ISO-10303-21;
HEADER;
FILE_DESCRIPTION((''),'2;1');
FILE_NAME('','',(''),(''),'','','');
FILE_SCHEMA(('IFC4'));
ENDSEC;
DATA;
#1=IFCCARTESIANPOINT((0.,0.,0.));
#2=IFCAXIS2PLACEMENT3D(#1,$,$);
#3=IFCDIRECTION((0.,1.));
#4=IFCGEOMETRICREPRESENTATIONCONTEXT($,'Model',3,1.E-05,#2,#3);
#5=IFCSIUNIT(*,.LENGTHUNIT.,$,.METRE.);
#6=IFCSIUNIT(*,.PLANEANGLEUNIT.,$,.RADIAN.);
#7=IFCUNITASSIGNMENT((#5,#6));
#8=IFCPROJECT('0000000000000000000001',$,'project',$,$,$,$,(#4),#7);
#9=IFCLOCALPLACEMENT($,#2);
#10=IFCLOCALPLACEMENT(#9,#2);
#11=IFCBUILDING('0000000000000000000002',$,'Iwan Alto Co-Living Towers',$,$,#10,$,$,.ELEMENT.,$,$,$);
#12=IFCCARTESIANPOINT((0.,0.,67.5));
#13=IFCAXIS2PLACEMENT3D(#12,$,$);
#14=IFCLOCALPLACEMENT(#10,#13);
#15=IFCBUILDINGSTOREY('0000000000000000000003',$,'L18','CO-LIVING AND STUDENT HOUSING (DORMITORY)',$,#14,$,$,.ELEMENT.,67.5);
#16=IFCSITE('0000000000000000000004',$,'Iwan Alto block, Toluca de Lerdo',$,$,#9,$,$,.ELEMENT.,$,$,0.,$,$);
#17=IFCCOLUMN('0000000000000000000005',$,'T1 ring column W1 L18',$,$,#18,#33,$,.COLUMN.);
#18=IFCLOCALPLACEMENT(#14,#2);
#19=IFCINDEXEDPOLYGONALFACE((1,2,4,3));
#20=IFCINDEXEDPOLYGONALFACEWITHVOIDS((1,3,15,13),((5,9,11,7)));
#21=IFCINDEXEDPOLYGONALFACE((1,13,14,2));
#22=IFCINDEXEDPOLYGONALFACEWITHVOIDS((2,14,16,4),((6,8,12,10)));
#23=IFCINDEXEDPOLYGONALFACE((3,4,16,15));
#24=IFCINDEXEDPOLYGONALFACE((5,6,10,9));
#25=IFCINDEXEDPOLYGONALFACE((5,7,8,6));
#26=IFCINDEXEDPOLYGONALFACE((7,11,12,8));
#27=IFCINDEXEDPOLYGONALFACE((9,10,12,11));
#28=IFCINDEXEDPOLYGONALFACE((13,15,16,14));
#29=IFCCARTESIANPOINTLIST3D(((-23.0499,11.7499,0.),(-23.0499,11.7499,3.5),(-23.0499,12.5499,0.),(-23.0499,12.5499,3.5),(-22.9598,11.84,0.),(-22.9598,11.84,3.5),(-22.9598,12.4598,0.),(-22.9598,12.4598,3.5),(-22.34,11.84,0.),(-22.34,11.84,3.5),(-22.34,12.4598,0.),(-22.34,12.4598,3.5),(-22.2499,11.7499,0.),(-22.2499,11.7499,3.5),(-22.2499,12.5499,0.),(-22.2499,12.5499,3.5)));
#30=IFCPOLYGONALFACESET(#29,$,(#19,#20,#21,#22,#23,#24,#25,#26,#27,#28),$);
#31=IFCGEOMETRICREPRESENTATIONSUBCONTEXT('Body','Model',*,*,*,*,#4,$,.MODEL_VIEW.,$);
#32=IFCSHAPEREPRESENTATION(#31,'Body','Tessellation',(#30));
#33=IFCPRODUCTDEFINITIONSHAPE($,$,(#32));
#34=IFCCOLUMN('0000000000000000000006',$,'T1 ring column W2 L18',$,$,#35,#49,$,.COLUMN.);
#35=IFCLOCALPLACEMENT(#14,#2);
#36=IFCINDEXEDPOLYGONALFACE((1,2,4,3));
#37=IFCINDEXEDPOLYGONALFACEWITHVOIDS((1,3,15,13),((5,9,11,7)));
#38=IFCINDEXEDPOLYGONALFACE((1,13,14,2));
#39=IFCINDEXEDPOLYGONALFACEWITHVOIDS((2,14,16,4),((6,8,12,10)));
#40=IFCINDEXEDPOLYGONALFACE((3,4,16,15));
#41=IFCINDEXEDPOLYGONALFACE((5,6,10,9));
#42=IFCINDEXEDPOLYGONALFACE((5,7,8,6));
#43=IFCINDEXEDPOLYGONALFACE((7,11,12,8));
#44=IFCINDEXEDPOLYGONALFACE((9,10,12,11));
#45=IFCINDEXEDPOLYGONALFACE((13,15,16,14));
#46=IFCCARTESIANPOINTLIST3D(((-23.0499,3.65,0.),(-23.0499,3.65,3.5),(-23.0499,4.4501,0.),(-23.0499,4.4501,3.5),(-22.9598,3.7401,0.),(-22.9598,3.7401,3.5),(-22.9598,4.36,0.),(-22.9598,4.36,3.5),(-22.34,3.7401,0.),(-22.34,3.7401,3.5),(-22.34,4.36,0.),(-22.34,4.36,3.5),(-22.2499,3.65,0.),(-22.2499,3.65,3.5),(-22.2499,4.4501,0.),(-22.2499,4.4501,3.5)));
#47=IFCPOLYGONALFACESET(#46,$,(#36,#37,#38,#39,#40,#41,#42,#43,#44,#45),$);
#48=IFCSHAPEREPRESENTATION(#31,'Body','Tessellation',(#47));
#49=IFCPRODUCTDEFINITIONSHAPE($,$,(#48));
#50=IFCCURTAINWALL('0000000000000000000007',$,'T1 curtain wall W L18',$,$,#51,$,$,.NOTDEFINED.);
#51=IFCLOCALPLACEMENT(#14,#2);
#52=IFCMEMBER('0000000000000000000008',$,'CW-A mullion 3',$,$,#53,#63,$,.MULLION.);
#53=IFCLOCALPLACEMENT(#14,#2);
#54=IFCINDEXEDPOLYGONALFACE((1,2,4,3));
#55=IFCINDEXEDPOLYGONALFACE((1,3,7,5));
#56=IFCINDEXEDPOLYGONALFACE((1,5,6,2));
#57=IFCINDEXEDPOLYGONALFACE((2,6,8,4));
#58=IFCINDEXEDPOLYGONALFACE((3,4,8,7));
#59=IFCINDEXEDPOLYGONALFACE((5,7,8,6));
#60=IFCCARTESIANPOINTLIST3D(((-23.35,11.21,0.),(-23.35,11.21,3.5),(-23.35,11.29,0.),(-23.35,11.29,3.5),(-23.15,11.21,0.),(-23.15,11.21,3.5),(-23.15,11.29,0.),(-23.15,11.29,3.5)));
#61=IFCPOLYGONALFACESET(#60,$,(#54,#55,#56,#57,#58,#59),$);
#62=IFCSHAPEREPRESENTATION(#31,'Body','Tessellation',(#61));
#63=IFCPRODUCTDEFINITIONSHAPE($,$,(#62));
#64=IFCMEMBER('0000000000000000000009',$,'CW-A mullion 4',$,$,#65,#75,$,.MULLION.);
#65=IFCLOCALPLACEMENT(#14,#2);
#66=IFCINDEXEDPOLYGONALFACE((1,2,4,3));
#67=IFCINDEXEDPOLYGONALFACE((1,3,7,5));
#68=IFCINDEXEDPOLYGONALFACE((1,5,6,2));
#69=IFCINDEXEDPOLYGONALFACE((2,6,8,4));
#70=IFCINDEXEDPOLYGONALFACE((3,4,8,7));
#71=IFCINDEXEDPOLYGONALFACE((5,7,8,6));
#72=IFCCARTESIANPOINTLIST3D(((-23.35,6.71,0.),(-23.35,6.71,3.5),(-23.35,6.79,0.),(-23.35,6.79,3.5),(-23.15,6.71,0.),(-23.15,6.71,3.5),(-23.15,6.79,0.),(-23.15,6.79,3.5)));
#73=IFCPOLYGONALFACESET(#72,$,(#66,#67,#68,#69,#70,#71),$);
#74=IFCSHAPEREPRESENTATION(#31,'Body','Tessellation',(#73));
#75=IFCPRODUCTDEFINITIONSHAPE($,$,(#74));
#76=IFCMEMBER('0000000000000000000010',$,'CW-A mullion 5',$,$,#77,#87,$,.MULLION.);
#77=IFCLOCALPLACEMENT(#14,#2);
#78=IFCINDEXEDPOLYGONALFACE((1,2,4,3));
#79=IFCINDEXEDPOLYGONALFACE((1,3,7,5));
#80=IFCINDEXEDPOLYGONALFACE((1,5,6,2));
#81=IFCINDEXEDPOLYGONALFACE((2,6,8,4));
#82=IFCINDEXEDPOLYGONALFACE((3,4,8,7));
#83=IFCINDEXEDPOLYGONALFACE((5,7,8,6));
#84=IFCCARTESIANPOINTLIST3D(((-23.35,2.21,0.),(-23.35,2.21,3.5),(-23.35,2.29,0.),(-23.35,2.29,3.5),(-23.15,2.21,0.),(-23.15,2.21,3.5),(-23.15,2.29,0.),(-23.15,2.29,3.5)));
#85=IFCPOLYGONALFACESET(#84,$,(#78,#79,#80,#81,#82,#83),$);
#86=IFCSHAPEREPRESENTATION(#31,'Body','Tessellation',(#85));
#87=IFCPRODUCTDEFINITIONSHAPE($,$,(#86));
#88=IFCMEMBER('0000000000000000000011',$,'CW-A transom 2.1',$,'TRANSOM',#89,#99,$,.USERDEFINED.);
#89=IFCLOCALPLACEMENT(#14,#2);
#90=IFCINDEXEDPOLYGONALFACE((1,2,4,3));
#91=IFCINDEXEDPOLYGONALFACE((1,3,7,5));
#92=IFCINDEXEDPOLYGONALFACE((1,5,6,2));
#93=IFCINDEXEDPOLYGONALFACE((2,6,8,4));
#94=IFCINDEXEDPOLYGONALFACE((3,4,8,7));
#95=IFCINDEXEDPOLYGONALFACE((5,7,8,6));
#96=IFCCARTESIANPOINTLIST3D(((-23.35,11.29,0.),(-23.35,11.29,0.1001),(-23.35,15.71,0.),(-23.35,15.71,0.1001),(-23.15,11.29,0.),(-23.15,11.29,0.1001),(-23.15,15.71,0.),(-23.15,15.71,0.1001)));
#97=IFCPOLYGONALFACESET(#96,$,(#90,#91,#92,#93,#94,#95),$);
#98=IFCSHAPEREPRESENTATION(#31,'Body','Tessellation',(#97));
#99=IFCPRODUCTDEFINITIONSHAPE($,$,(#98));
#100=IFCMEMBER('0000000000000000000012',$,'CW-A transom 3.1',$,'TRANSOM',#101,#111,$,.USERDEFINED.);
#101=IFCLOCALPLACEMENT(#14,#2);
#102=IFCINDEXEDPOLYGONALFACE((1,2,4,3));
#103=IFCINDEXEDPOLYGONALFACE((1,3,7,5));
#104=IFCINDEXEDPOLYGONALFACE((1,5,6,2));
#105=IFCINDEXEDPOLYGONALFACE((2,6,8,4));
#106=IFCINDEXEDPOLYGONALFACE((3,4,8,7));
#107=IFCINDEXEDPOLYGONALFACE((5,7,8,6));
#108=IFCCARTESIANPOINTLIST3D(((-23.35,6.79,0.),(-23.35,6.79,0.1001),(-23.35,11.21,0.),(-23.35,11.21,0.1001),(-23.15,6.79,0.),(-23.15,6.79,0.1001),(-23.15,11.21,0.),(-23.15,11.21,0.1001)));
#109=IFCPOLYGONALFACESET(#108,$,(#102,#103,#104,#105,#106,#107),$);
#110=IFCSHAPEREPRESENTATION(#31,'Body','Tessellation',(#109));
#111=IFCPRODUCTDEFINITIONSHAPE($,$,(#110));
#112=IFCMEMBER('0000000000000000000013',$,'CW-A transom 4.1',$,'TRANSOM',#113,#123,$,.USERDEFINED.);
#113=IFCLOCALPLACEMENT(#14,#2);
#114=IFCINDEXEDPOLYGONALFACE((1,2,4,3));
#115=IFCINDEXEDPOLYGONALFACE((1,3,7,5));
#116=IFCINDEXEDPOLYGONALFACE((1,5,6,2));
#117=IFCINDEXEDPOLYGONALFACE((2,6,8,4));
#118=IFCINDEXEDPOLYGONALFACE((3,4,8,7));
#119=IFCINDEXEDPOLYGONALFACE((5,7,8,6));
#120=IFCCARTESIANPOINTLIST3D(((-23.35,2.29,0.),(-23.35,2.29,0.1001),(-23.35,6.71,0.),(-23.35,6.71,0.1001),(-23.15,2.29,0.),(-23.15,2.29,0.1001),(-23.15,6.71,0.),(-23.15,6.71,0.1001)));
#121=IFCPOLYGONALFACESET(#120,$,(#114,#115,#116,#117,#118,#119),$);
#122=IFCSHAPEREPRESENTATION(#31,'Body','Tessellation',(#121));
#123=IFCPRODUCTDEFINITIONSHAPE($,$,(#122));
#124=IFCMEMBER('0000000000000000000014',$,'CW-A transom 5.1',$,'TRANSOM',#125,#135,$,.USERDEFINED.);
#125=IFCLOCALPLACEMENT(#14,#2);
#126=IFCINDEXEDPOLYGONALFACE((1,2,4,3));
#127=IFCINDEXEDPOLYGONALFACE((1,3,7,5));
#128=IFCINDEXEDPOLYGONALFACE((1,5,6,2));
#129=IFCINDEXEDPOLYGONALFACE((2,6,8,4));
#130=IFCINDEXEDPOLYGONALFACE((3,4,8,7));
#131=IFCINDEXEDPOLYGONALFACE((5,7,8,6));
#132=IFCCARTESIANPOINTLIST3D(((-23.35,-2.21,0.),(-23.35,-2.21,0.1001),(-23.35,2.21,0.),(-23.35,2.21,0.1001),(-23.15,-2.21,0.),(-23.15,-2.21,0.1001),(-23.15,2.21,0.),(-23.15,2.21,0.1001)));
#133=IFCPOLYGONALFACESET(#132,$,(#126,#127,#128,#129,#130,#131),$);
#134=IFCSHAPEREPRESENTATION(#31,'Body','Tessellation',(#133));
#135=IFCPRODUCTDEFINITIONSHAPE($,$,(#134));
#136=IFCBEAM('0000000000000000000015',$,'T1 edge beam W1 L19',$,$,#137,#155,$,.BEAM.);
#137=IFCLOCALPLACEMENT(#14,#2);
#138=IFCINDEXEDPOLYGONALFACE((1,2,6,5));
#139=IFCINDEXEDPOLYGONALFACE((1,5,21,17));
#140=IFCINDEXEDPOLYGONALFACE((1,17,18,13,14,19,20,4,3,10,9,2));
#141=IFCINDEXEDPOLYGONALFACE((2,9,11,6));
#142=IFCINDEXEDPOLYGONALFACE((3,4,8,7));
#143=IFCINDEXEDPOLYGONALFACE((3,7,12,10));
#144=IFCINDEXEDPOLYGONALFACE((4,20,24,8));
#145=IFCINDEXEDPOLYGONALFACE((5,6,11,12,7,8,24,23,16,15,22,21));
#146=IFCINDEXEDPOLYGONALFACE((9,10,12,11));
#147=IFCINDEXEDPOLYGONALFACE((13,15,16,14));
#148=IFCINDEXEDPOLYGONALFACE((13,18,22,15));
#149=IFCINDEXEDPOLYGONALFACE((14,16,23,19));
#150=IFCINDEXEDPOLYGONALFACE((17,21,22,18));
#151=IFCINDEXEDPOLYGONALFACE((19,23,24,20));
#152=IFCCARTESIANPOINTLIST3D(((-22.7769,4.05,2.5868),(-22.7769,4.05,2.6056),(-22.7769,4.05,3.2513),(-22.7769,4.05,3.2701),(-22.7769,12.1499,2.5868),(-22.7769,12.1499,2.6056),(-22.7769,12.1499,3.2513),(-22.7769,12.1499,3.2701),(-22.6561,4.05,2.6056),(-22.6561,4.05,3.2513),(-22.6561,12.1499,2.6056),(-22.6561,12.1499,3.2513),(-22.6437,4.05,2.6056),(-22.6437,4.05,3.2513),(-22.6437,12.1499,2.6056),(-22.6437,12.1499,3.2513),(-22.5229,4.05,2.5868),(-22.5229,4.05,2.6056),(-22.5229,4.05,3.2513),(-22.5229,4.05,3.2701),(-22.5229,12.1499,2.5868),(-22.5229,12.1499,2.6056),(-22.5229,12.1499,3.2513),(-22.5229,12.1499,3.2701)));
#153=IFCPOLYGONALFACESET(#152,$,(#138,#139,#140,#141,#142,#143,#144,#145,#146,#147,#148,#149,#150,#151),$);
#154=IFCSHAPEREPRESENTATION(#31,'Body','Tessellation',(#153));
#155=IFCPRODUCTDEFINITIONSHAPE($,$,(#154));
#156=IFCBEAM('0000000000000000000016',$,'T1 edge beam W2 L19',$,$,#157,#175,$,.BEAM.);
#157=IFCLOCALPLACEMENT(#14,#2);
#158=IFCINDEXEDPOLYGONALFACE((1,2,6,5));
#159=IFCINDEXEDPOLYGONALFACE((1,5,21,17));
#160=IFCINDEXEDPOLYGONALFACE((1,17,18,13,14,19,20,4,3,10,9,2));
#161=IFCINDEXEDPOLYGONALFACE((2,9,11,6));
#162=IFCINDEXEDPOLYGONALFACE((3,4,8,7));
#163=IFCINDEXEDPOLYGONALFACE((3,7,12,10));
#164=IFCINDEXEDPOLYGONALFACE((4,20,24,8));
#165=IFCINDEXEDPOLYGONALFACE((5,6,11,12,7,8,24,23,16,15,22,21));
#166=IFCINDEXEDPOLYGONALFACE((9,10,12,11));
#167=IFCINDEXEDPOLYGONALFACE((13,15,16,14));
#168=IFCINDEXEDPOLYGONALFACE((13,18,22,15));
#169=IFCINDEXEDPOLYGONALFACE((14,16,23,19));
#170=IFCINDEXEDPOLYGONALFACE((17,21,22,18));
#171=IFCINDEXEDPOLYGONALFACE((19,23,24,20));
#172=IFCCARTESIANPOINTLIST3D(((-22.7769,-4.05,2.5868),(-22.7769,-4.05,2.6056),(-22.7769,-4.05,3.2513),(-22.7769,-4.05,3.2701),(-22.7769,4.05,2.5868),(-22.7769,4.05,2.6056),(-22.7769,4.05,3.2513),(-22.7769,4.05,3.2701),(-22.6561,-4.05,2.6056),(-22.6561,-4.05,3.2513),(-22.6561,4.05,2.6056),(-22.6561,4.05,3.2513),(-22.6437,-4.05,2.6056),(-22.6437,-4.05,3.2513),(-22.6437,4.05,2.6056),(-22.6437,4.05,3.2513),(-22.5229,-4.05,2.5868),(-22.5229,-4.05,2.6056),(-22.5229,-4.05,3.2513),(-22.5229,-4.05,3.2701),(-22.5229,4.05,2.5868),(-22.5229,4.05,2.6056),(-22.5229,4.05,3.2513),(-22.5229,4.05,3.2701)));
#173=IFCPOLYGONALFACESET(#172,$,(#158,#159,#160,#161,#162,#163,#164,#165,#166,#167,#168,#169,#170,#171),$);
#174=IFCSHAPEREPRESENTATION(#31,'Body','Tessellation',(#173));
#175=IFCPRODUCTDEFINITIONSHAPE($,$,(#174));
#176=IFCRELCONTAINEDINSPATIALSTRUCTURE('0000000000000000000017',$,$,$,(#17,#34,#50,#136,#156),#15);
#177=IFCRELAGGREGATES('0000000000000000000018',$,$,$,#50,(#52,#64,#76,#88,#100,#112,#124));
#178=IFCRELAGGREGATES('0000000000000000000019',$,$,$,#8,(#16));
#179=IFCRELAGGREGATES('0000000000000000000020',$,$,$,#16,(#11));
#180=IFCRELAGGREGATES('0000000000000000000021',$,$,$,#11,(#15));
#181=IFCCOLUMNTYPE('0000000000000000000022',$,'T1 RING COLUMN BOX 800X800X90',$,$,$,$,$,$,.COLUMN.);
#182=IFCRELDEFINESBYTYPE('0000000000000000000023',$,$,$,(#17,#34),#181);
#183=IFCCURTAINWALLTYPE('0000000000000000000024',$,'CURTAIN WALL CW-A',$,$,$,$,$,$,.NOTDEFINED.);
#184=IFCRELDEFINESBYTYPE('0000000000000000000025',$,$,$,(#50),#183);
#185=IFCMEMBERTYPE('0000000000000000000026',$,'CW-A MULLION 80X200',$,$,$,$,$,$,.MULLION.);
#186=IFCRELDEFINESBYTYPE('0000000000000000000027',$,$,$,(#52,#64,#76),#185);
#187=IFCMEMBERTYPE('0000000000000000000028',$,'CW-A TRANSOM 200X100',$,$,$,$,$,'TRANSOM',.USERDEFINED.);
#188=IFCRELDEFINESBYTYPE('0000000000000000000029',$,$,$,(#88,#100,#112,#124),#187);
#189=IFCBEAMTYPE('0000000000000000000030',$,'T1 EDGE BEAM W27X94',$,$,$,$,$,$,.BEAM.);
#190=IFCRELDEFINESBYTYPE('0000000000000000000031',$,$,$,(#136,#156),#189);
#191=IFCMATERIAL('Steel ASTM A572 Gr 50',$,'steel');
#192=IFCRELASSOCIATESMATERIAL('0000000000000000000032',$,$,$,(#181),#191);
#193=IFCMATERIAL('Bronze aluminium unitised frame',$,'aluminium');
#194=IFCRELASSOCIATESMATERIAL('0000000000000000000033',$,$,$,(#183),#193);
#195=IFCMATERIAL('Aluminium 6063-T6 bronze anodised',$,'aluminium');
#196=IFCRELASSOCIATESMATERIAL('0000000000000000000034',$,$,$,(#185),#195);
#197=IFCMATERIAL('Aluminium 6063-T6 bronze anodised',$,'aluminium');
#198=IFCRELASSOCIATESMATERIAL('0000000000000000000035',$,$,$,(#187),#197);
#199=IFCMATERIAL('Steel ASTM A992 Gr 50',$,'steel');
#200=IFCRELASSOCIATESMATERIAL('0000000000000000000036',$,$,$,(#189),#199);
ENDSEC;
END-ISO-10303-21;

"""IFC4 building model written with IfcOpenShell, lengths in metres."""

from ifc_helpers import new_model, si_unit, direction, frame, origin, origin_2d, place, context, subcontext, project, spatial, rectangle, hollow_rectangle, i_section, extrude, material, material_profile, profile_set, type_object, element, aggregate, save


model = new_model("IFC4")

# Units and contexts
model_context = context("Model", 3, precision=1e-05, world=origin(), true_north=direction((0.0, 1.0)))
body_context = subcontext(model_context, "Body", "Model", "MODEL_VIEW")
ifc_project = project(units=[si_unit("LENGTHUNIT", "METRE"), si_unit("PLANEANGLEUNIT", "RADIAN")], contexts=[model_context])

# Site, building, storey
site_placement = place(None, origin())
site = spatial("IfcSite", under=ifc_project, at=site_placement, Name="Iwan Alto block, Toluca de Lerdo", CompositionType="ELEMENT", RefElevation=0.0)
building_placement = place(site_placement, origin())
building = spatial("IfcBuilding", under=site, at=building_placement, Name="Iwan Alto Co-Living Towers", CompositionType="ELEMENT")
storey_placement = place(building_placement, frame((0.0, 0.0, 67.5)))
storey = spatial("IfcBuildingStorey", under=building, at=storey_placement, Name="L18", Description="CO-LIVING AND STUDENT HOUSING (DORMITORY)", CompositionType="ELEMENT", Elevation=67.5)

# Columns
ifc_material_1 = material(Name="Steel ASTM A572 Gr 50", Category="steel")
ifc_material_profile_1 = material_profile(ifc_material_1, hollow_rectangle(XDim=0.8, YDim=0.8, WallThickness=0.0901, at=origin_2d()), Name="BOX 800X800X90")
ifc_profile_set_1 = profile_set([ifc_material_profile_1], Name="Steel ASTM A572 Gr 50")
column_type = type_object("IfcColumnType", Name="T1 RING COLUMN BOX 800X800X90", PredefinedType="COLUMN", material=ifc_profile_set_1)
for number, where, z_axis, x_axis, name in (
    (1, (-22.6499, 12.1499, 0.0), (0.0, 0.0, 1.0), (1.0, 0.0, 0.0), "T1 ring column W1 L18"),
    (2, (-22.6499, 4.05, 0.0), (0.0, 0.0, 1.0), (1.0, 0.0, 0.0), "T1 ring column W2 L18"),
):
    element("IfcColumn", number, at=place(storey_placement, frame(where, z_axis=z_axis, x_axis=x_axis)), inside=storey, type_object=column_type, Name=name, PredefinedType="COLUMN", context=body_context, shape_type="SweptSolid", body=[
        extrude(hollow_rectangle(XDim=0.8, YDim=0.8, WallThickness=0.0901, at=origin_2d()), origin(), (0.0, 0.0, 1.0), 3.5),
    ])

# Curtain wall, members
ifc_material_2 = material(Name="Bronze aluminium unitised frame", Category="aluminium")
curtain_wall_type = type_object("IfcCurtainWallType", Name="CURTAIN WALL CW-A", PredefinedType="NOTDEFINED", material=ifc_material_2)
curtain_wall_placement = place(storey_placement, origin())
curtain_wall = element("IfcCurtainWall", 3, at=curtain_wall_placement, inside=storey, type_object=curtain_wall_type, Name="T1 curtain wall W L18", PredefinedType="NOTDEFINED")
ifc_material_3 = material(Name="Aluminium 6063-T6 bronze anodised", Category="aluminium")
ifc_material_profile_2 = material_profile(ifc_material_3, rectangle(XDim=0.2, YDim=0.0801, at=origin_2d()), Name="AL 80X200")
ifc_profile_set_2 = profile_set([ifc_material_profile_2], Name="Aluminium 6063-T6 bronze anodised")
member_type_1 = type_object("IfcMemberType", Name="CW-A MULLION 80X200", PredefinedType="MULLION", material=ifc_profile_set_2)
member_1_placement = place(storey_placement, frame((-23.25, 11.25, 0.0), z_axis=(0.0, 0.0, 1.0), x_axis=(1.0, 0.0, 0.0)))
member_1 = element("IfcMember", 4, at=member_1_placement, type_object=member_type_1, Name="CW-A mullion 3", PredefinedType="MULLION", context=body_context, shape_type="SweptSolid", body=[
    extrude(rectangle(XDim=0.2, YDim=0.0801, at=origin_2d()), origin(), (0.0, 0.0, 1.0), 3.5),
])
member_2_placement = place(storey_placement, frame((-23.25, 6.75, 0.0), z_axis=(0.0, 0.0, 1.0), x_axis=(1.0, 0.0, 0.0)))
member_2 = element("IfcMember", 5, at=member_2_placement, type_object=member_type_1, Name="CW-A mullion 4", PredefinedType="MULLION", context=body_context, shape_type="SweptSolid", body=[
    extrude(rectangle(XDim=0.2, YDim=0.0801, at=origin_2d()), origin(), (0.0, 0.0, 1.0), 3.5),
])
member_3_placement = place(storey_placement, frame((-23.25, 2.25, 0.0), z_axis=(0.0, 0.0, 1.0), x_axis=(1.0, 0.0, 0.0)))
member_3 = element("IfcMember", 6, at=member_3_placement, type_object=member_type_1, Name="CW-A mullion 5", PredefinedType="MULLION", context=body_context, shape_type="SweptSolid", body=[
    extrude(rectangle(XDim=0.2, YDim=0.0801, at=origin_2d()), origin(), (0.0, 0.0, 1.0), 3.5),
])
ifc_material_4 = material(Name="Aluminium 6063-T6 bronze anodised", Category="aluminium")
ifc_material_profile_3 = material_profile(ifc_material_4, rectangle(XDim=0.2, YDim=0.1001, at=origin_2d()), Name="AL 200X100")
ifc_profile_set_3 = profile_set([ifc_material_profile_3], Name="Aluminium 6063-T6 bronze anodised")
member_type_2 = type_object("IfcMemberType", Name="CW-A TRANSOM 200X100", ElementType="TRANSOM", PredefinedType="USERDEFINED", material=ifc_profile_set_3)
member_4_placement = place(storey_placement, frame((-23.25, 15.71, 0.05), z_axis=(0.0, -1.0, 0.0), x_axis=(1.0, 0.0, 0.0)))
member_4 = element("IfcMember", 7, at=member_4_placement, type_object=member_type_2, Name="CW-A transom 2.1", ObjectType="TRANSOM", PredefinedType="USERDEFINED", context=body_context, shape_type="SweptSolid", body=[
    extrude(rectangle(XDim=0.2, YDim=0.1001, at=origin_2d()), origin(), (0.0, 0.0, 1.0), 4.4199),
])
member_5_placement = place(storey_placement, frame((-23.25, 11.21, 0.05), z_axis=(0.0, -1.0, 0.0), x_axis=(1.0, 0.0, 0.0)))
member_5 = element("IfcMember", 8, at=member_5_placement, type_object=member_type_2, Name="CW-A transom 3.1", ObjectType="TRANSOM", PredefinedType="USERDEFINED", context=body_context, shape_type="SweptSolid", body=[
    extrude(rectangle(XDim=0.2, YDim=0.1001, at=origin_2d()), origin(), (0.0, 0.0, 1.0), 4.4199),
])
member_6_placement = place(storey_placement, frame((-23.25, 6.71, 0.05), z_axis=(0.0, -1.0, 0.0), x_axis=(1.0, 0.0, 0.0)))
member_6 = element("IfcMember", 9, at=member_6_placement, type_object=member_type_2, Name="CW-A transom 4.1", ObjectType="TRANSOM", PredefinedType="USERDEFINED", context=body_context, shape_type="SweptSolid", body=[
    extrude(rectangle(XDim=0.2, YDim=0.1001, at=origin_2d()), origin(), (0.0, 0.0, 1.0), 4.4199),
])
member_7_placement = place(storey_placement, frame((-23.25, 2.21, 0.05), z_axis=(0.0, -1.0, 0.0), x_axis=(1.0, 0.0, 0.0)))
member_7 = element("IfcMember", 10, at=member_7_placement, type_object=member_type_2, Name="CW-A transom 5.1", ObjectType="TRANSOM", PredefinedType="USERDEFINED", context=body_context, shape_type="SweptSolid", body=[
    extrude(rectangle(XDim=0.2, YDim=0.1001, at=origin_2d()), origin(), (0.0, 0.0, 1.0), 4.4199),
])

# Beams
ifc_material_5 = material(Name="Steel ASTM A992 Gr 50", Category="steel")
ifc_material_profile_4 = material_profile(ifc_material_5, i_section(OverallWidth=0.2539, OverallDepth=0.6833, WebThickness=0.0125, FlangeThickness=0.0188, at=origin_2d()), Name="W27X94")
ifc_profile_set_4 = profile_set([ifc_material_profile_4], Name="Steel ASTM A992 Gr 50")
beam_type_1 = type_object("IfcBeamType", Name="T1 EDGE BEAM W27X94", PredefinedType="BEAM", material=ifc_profile_set_4)
beam_1_placement = place(storey_placement, frame((-22.6499, 12.1499, 2.9285), z_axis=(0.0, -1.0, 0.0), x_axis=(1.0, 0.0, 0.0)))
element("IfcBeam", 11, at=beam_1_placement, inside=storey, type_object=beam_type_1, Name="T1 edge beam W1 L19", PredefinedType="BEAM", context=body_context, shape_type="SweptSolid", body=[
    extrude(i_section(OverallWidth=0.2539, OverallDepth=0.6833, WebThickness=0.0125, FlangeThickness=0.0188, at=origin_2d()), origin(), (0.0, 0.0, 1.0), 8.0999),
])
beam_2_placement = place(storey_placement, frame((-22.6499, 4.05, 2.9285), z_axis=(0.0, -1.0, 0.0), x_axis=(1.0, 0.0, 0.0)))
element("IfcBeam", 12, at=beam_2_placement, inside=storey, type_object=beam_type_1, Name="T1 edge beam W2 L19", PredefinedType="BEAM", context=body_context, shape_type="SweptSolid", body=[
    extrude(i_section(OverallWidth=0.2539, OverallDepth=0.6833, WebThickness=0.0125, FlangeThickness=0.0188, at=origin_2d()), origin(), (0.0, 0.0, 1.0), 8.1001),
])

aggregate(curtain_wall, [member_1, member_2, member_3, member_4, member_5, member_6, member_7])

save(model, "model.ifc")
